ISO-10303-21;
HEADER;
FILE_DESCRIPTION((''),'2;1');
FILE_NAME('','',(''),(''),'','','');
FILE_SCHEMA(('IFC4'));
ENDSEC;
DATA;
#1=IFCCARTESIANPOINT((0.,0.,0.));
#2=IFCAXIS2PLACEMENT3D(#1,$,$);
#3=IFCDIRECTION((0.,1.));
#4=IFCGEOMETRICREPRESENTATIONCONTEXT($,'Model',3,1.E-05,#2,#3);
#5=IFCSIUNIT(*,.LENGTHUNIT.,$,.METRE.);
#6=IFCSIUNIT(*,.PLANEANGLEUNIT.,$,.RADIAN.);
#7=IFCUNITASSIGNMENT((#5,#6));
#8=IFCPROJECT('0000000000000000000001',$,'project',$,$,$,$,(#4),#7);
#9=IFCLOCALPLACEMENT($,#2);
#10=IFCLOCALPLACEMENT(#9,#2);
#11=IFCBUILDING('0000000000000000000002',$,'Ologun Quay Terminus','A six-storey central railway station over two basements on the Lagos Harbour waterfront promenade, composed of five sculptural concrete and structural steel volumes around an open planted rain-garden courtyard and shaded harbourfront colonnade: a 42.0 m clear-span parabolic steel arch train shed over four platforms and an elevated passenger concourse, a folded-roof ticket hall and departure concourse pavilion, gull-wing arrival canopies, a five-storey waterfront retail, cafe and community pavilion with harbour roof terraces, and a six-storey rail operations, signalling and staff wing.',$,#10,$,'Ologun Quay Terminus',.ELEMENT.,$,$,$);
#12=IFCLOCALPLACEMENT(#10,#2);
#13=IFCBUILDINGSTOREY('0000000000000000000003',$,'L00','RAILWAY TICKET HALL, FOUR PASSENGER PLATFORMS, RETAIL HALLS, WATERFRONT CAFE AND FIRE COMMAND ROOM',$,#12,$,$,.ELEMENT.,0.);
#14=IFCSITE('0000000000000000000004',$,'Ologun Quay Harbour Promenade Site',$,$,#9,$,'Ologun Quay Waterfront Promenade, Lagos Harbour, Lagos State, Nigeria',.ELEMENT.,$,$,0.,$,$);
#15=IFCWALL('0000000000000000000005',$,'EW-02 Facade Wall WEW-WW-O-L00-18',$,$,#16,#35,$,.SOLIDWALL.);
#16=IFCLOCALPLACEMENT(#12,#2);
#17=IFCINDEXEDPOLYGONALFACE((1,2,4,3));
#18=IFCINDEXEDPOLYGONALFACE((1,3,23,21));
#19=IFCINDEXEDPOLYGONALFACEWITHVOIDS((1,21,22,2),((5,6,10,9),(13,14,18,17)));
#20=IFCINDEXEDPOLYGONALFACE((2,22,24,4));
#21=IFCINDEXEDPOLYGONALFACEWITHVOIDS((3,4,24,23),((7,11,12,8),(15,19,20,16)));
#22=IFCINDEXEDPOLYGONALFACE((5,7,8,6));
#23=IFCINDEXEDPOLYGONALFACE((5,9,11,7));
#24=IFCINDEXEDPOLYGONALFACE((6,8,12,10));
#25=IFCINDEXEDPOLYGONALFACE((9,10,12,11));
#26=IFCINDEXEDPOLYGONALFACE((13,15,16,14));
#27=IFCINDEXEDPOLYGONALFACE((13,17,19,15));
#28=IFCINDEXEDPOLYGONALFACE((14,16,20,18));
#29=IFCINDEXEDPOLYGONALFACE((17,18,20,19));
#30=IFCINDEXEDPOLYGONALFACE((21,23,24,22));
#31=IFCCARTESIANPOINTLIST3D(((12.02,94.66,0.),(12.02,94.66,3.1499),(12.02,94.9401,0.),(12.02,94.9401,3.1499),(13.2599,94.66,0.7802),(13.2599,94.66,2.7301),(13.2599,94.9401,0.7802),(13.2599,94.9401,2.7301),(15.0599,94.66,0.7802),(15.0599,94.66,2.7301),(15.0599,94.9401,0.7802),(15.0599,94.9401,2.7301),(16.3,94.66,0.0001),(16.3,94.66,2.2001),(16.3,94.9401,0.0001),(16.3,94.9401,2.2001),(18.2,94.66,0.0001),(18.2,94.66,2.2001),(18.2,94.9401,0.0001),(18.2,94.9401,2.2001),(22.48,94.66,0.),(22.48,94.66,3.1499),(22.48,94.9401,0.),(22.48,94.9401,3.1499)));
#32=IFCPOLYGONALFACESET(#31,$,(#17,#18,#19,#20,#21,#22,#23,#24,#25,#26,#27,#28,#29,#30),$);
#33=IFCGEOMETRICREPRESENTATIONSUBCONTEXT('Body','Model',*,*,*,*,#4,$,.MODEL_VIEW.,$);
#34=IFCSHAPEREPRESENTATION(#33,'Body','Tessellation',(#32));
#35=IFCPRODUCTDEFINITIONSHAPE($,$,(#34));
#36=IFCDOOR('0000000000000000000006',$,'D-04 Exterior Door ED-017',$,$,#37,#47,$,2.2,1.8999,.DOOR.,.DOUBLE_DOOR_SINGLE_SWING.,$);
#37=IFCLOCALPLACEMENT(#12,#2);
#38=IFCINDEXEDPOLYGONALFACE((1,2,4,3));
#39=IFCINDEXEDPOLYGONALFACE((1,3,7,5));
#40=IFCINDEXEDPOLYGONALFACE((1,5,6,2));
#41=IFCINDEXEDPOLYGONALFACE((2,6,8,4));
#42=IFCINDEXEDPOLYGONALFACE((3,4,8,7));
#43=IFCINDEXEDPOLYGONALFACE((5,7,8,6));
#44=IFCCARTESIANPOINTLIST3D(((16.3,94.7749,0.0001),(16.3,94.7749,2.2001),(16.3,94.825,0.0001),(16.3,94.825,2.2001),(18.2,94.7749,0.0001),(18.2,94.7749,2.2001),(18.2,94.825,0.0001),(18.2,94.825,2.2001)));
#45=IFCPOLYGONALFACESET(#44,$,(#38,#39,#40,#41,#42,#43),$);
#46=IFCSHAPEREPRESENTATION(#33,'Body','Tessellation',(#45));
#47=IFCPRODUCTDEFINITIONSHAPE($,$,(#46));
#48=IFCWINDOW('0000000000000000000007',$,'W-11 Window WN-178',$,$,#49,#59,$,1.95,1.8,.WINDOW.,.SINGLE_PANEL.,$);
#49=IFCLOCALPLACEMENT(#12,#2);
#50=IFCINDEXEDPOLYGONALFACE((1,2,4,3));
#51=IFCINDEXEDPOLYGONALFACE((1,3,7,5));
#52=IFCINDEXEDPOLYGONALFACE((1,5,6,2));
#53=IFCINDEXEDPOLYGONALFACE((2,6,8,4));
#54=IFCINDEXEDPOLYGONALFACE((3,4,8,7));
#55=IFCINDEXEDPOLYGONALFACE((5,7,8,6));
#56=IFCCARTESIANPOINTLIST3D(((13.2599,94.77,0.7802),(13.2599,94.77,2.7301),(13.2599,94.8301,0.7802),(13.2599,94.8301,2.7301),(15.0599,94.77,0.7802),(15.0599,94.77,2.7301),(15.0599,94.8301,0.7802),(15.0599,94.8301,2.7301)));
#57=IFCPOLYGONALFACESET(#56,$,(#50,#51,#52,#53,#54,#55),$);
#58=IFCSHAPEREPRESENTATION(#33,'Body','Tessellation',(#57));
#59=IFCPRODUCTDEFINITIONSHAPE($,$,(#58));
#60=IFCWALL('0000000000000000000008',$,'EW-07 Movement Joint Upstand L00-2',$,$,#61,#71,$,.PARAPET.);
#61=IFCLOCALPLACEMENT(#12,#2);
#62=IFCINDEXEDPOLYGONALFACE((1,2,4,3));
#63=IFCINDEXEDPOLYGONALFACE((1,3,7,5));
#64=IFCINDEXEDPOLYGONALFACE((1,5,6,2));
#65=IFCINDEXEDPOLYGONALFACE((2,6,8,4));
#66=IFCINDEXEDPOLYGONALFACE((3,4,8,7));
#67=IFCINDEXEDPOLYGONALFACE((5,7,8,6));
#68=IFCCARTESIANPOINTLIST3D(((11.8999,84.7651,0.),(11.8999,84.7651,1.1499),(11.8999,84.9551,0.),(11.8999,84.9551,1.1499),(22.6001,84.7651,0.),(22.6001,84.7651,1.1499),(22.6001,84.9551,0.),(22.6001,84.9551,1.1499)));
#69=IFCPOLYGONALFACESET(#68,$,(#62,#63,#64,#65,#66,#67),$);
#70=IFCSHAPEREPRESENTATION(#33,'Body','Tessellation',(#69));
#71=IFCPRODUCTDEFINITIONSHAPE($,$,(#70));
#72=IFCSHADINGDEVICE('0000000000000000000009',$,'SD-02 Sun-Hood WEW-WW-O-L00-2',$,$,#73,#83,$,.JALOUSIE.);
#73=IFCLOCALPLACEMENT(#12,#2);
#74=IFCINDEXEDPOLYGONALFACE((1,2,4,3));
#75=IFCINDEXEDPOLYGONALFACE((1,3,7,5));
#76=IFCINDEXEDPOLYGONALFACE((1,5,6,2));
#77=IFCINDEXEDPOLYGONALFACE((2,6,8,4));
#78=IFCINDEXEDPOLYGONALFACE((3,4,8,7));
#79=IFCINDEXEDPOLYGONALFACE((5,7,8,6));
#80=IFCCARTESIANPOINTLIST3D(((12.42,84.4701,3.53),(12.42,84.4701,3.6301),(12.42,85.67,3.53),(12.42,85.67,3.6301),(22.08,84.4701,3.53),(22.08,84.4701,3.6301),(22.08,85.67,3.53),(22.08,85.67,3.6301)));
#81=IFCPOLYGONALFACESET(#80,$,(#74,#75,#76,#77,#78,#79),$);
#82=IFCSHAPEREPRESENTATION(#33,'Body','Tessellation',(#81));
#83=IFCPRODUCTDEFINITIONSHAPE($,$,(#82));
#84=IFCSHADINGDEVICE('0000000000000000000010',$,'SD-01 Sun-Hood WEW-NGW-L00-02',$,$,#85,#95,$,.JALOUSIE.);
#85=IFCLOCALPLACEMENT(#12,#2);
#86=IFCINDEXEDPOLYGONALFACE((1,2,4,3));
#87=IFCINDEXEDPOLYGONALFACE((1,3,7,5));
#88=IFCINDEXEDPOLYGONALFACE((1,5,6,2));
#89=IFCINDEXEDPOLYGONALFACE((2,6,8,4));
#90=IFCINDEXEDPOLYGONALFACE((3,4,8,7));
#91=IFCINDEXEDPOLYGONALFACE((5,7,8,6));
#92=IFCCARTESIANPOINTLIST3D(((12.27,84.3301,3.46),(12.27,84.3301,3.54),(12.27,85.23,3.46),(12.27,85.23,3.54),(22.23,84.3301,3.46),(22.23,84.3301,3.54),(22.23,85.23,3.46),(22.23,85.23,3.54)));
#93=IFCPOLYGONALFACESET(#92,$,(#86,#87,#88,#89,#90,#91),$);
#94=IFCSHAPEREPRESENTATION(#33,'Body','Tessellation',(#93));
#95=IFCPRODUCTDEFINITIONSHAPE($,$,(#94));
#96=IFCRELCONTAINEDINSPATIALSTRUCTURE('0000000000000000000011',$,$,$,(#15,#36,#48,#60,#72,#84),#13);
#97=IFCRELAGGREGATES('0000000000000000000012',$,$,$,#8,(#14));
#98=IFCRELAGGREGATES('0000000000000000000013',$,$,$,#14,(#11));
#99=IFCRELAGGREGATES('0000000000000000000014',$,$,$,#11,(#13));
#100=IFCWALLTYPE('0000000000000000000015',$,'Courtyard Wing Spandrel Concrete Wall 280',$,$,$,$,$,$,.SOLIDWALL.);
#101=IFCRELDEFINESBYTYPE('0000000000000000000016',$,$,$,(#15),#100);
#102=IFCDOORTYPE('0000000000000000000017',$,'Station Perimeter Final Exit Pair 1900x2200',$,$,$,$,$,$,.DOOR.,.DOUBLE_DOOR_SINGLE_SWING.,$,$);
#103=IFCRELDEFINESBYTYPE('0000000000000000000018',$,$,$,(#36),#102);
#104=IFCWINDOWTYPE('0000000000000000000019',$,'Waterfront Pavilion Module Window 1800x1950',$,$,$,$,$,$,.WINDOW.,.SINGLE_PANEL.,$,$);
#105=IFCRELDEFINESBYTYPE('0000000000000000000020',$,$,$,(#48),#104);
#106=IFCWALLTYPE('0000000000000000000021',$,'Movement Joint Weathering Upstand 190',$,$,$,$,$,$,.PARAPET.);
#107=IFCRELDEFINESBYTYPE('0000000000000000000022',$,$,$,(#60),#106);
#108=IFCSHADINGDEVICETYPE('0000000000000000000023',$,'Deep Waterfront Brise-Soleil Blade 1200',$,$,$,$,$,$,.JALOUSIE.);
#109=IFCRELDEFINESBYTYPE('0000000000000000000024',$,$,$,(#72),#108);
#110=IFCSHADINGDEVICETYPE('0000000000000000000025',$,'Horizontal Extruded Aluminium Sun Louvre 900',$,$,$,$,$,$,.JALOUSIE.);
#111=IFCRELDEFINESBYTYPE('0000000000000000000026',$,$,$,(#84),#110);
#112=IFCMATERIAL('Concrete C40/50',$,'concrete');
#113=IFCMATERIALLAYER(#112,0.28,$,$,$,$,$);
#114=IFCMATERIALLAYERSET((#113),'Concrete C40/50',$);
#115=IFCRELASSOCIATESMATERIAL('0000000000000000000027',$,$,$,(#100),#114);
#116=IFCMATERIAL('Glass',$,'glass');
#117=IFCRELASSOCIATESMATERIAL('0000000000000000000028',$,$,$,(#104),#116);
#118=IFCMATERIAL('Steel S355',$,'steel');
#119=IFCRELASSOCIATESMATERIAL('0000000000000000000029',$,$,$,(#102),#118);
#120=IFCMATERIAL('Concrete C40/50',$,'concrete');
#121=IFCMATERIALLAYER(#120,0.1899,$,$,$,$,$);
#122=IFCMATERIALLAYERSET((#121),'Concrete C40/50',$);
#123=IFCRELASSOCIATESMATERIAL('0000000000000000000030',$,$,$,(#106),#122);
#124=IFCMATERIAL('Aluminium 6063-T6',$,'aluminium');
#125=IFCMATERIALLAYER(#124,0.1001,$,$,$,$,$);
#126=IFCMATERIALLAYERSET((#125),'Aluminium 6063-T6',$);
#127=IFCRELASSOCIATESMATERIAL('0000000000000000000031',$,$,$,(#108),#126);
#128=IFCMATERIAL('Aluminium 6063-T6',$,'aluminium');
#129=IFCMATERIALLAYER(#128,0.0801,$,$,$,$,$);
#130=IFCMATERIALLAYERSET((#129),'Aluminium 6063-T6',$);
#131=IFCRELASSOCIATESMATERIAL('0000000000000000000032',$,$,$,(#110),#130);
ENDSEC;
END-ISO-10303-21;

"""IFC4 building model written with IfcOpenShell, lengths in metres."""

from ifc_helpers import new_model, si_unit, direction, frame, frame_2d, origin, origin_2d, place, context, subcontext, project, spatial, rectangle, extrude, material, layer, layer_set, type_object, element, fill, save


model = new_model("IFC4")

# Units and contexts
model_context = context("Model", 3, precision=1e-05, world=origin(), true_north=direction((0.0, 1.0)))
body_context = subcontext(model_context, "Body", "Model", "MODEL_VIEW")
ifc_project = project(units=[si_unit("LENGTHUNIT", "METRE"), si_unit("PLANEANGLEUNIT", "RADIAN")], contexts=[model_context])

# Site, building, storey
site_placement = place(None, origin())
site = spatial("IfcSite", under=ifc_project, at=site_placement, Name="Ologun Quay Harbour Promenade Site", LongName="Ologun Quay Waterfront Promenade, Lagos Harbour, Lagos State, Nigeria", CompositionType="ELEMENT", RefElevation=0.0)
building_placement = place(site_placement, origin())
building = spatial("IfcBuilding", under=site, at=building_placement, Name="Ologun Quay Terminus", Description="A six-storey central railway station over two basements on the Lagos Harbour waterfront promenade, composed of five sculptural concrete and structural steel volumes around an open planted rain-garden courtyard and shaded harbourfront colonnade: a 42.0 m clear-span parabolic steel arch train shed over four platforms and an elevated passenger concourse, a folded-roof ticket hall and departure concourse pavilion, gull-wing arrival canopies, a five-storey waterfront retail, cafe and community pavilion with harbour roof terraces, and a six-storey rail operations, signalling and staff wing.", LongName="Ologun Quay Terminus", CompositionType="ELEMENT")
storey_placement = place(building_placement, origin())
storey = spatial("IfcBuildingStorey", under=building, at=storey_placement, Name="L00", Description="RAILWAY TICKET HALL, FOUR PASSENGER PLATFORMS, RETAIL HALLS, WATERFRONT CAFE AND FIRE COMMAND ROOM", CompositionType="ELEMENT", Elevation=0.0)

# Shared definitions
ifc_material_1 = material(Name="Concrete C40/50", Category="concrete")
ifc_layer_1 = layer(ifc_material_1, 0.28)
ifc_layer_set_1 = layer_set([ifc_layer_1], Name="Concrete C40/50")
wall_type_1 = type_object("IfcWallType", Name="Courtyard Wing Spandrel Concrete Wall 280", PredefinedType="SOLIDWALL", material=ifc_layer_set_1)
ifc_material_2 = material(Name="Glass", Category="glass")
window_type = type_object("IfcWindowType", Name="Waterfront Pavilion Module Window 1800x1950", PartitioningType="SINGLE_PANEL", PredefinedType="WINDOW", material=ifc_material_2)

# Wall, openings, door, window
wall_1_placement = place(storey_placement, frame((12.02, 94.8, 0.0), z_axis=(0.0, 0.0, 1.0), x_axis=(1.0, 0.0, 0.0)))
wall_1 = element("IfcWall", 1, at=wall_1_placement, inside=storey, type_object=wall_type_1, Name="EW-02 Facade Wall WEW-WW-O-L00-18", PredefinedType="SOLIDWALL", context=body_context, shape_type="SweptSolid", body=[
    extrude(rectangle(XDim=10.46, YDim=0.28, at=frame_2d((5.23, 0.0))), origin(), (0.0, 0.0, 1.0), 3.1499),
])
opening_1_placement = place(wall_1_placement, frame((4.28, 0.0, 0.0)))
opening_1 = element("IfcOpeningElement", 2, at=opening_1_placement, cuts=wall_1, PredefinedType="OPENING", context=body_context, shape_type="SweptSolid", body=[
    extrude(rectangle(XDim=1.8999, YDim=2.2, at=frame_2d((0.95, 1.1001))), frame((0.0, 0.1499, 0.0), z_axis=(0.0, -1.0, 0.0), x_axis=(1.0, 0.0, 0.0)), (0.0, 0.0, 1.0), 0.3),
])
opening_2_placement = place(wall_1_placement, frame((1.24, 0.0, 0.78)))
opening_2 = element("IfcOpeningElement", 3, at=opening_2_placement, cuts=wall_1, PredefinedType="OPENING", context=body_context, shape_type="SweptSolid", body=[
    extrude(rectangle(XDim=1.8, YDim=1.95, at=frame_2d((0.8999, 0.9751))), frame((0.0, 0.1499, 0.0), z_axis=(0.0, -1.0, 0.0), x_axis=(1.0, 0.0, 0.0)), (0.0, 0.0, 1.0), 0.3),
])
ifc_material_3 = material(Name="Steel S355", Category="steel")
door_type = type_object("IfcDoorType", Name="Station Perimeter Final Exit Pair 1900x2200", OperationType="DOUBLE_DOOR_SINGLE_SWING", PredefinedType="DOOR", material=ifc_material_3)
door_placement = place(opening_1_placement, origin())
door = element("IfcDoor", 4, at=door_placement, inside=storey, type_object=door_type, Name="D-04 Exterior Door ED-017", OperationType="DOUBLE_DOOR_SINGLE_SWING", OverallHeight=2.2, OverallWidth=1.8999, PredefinedType="DOOR", context=body_context, shape_type="SweptSolid", body=[
    extrude(rectangle(XDim=1.8999, YDim=2.2, at=frame_2d((0.95, 1.1001))), frame((0.0, 0.0249, 0.0), z_axis=(0.0, -1.0, 0.0), x_axis=(1.0, 0.0, 0.0)), (0.0, 0.0, 1.0), 0.05),
])
fill(opening_1, door)
window_1_placement = place(opening_2_placement, origin())
window_1 = element("IfcWindow", 5, at=window_1_placement, inside=storey, type_object=window_type, Name="W-11 Window WN-178", OverallHeight=1.95, OverallWidth=1.8, PartitioningType="SINGLE_PANEL", PredefinedType="WINDOW", context=body_context, shape_type="SweptSolid", body=[
    extrude(rectangle(XDim=1.8, YDim=1.95, at=frame_2d((0.8999, 0.9751))), frame((0.0, 0.03, 0.0), z_axis=(0.0, -1.0, 0.0), x_axis=(1.0, 0.0, 0.0)), (0.0, 0.0, 1.0), 0.0601),
])
fill(opening_2, window_1)

# Wall
ifc_material_4 = material(Name="Concrete C40/50", Category="concrete")
ifc_layer_2 = layer(ifc_material_4, 0.1899)
ifc_layer_set_2 = layer_set([ifc_layer_2], Name="Concrete C40/50")
wall_type_2 = type_object("IfcWallType", Name="Movement Joint Weathering Upstand 190", PredefinedType="PARAPET", material=ifc_layer_set_2)
wall_2_placement = place(storey_placement, frame((11.8999, 84.8601, 0.0), z_axis=(0.0, 0.0, 1.0), x_axis=(1.0, 0.0, 0.0)))
element("IfcWall", 6, at=wall_2_placement, inside=storey, type_object=wall_type_2, Name="EW-07 Movement Joint Upstand L00-2", PredefinedType="PARAPET", context=body_context, shape_type="SweptSolid", body=[
    extrude(rectangle(XDim=10.7002, YDim=0.1899, at=frame_2d((5.3501, 0.0))), origin(), (0.0, 0.0, 1.0), 1.1499),
])

# Shading devices
ifc_material_5 = material(Name="Aluminium 6063-T6", Category="aluminium")
ifc_layer_3 = layer(ifc_material_5, 0.1001)
ifc_layer_set_3 = layer_set([ifc_layer_3], Name="Aluminium 6063-T6")
shading_device_type_1 = type_object("IfcShadingDeviceType", Name="Deep Waterfront Brise-Soleil Blade 1200", PredefinedType="JALOUSIE", material=ifc_layer_set_3)
shading_device_1_placement = place(storey_placement, frame((17.25, 85.0701, 3.53), z_axis=(0.0, 0.0, 1.0), x_axis=(1.0, 0.0, 0.0)))
element("IfcShadingDevice", 7, at=shading_device_1_placement, inside=storey, type_object=shading_device_type_1, Name="SD-02 Sun-Hood WEW-WW-O-L00-2", PredefinedType="JALOUSIE", context=body_context, shape_type="SweptSolid", body=[
    extrude(rectangle(XDim=9.6599, YDim=1.2, at=origin_2d()), origin(), (0.0, 0.0, 1.0), 0.1001),
])
ifc_material_6 = material(Name="Aluminium 6063-T6", Category="aluminium")
ifc_layer_4 = layer(ifc_material_6, 0.0801)
ifc_layer_set_4 = layer_set([ifc_layer_4], Name="Aluminium 6063-T6")
shading_device_type_2 = type_object("IfcShadingDeviceType", Name="Horizontal Extruded Aluminium Sun Louvre 900", PredefinedType="JALOUSIE", material=ifc_layer_set_4)
shading_device_2_placement = place(storey_placement, frame((17.25, 84.78, 3.46), z_axis=(0.0, 0.0, 1.0), x_axis=(1.0, 0.0, 0.0)))
element("IfcShadingDevice", 8, at=shading_device_2_placement, inside=storey, type_object=shading_device_type_2, Name="SD-01 Sun-Hood WEW-NGW-L00-02", PredefinedType="JALOUSIE", context=body_context, shape_type="SweptSolid", body=[
    extrude(rectangle(XDim=9.96, YDim=0.8999, at=origin_2d()), origin(), (0.0, 0.0, 1.0), 0.0801),
])

save(model, "model.ifc")
